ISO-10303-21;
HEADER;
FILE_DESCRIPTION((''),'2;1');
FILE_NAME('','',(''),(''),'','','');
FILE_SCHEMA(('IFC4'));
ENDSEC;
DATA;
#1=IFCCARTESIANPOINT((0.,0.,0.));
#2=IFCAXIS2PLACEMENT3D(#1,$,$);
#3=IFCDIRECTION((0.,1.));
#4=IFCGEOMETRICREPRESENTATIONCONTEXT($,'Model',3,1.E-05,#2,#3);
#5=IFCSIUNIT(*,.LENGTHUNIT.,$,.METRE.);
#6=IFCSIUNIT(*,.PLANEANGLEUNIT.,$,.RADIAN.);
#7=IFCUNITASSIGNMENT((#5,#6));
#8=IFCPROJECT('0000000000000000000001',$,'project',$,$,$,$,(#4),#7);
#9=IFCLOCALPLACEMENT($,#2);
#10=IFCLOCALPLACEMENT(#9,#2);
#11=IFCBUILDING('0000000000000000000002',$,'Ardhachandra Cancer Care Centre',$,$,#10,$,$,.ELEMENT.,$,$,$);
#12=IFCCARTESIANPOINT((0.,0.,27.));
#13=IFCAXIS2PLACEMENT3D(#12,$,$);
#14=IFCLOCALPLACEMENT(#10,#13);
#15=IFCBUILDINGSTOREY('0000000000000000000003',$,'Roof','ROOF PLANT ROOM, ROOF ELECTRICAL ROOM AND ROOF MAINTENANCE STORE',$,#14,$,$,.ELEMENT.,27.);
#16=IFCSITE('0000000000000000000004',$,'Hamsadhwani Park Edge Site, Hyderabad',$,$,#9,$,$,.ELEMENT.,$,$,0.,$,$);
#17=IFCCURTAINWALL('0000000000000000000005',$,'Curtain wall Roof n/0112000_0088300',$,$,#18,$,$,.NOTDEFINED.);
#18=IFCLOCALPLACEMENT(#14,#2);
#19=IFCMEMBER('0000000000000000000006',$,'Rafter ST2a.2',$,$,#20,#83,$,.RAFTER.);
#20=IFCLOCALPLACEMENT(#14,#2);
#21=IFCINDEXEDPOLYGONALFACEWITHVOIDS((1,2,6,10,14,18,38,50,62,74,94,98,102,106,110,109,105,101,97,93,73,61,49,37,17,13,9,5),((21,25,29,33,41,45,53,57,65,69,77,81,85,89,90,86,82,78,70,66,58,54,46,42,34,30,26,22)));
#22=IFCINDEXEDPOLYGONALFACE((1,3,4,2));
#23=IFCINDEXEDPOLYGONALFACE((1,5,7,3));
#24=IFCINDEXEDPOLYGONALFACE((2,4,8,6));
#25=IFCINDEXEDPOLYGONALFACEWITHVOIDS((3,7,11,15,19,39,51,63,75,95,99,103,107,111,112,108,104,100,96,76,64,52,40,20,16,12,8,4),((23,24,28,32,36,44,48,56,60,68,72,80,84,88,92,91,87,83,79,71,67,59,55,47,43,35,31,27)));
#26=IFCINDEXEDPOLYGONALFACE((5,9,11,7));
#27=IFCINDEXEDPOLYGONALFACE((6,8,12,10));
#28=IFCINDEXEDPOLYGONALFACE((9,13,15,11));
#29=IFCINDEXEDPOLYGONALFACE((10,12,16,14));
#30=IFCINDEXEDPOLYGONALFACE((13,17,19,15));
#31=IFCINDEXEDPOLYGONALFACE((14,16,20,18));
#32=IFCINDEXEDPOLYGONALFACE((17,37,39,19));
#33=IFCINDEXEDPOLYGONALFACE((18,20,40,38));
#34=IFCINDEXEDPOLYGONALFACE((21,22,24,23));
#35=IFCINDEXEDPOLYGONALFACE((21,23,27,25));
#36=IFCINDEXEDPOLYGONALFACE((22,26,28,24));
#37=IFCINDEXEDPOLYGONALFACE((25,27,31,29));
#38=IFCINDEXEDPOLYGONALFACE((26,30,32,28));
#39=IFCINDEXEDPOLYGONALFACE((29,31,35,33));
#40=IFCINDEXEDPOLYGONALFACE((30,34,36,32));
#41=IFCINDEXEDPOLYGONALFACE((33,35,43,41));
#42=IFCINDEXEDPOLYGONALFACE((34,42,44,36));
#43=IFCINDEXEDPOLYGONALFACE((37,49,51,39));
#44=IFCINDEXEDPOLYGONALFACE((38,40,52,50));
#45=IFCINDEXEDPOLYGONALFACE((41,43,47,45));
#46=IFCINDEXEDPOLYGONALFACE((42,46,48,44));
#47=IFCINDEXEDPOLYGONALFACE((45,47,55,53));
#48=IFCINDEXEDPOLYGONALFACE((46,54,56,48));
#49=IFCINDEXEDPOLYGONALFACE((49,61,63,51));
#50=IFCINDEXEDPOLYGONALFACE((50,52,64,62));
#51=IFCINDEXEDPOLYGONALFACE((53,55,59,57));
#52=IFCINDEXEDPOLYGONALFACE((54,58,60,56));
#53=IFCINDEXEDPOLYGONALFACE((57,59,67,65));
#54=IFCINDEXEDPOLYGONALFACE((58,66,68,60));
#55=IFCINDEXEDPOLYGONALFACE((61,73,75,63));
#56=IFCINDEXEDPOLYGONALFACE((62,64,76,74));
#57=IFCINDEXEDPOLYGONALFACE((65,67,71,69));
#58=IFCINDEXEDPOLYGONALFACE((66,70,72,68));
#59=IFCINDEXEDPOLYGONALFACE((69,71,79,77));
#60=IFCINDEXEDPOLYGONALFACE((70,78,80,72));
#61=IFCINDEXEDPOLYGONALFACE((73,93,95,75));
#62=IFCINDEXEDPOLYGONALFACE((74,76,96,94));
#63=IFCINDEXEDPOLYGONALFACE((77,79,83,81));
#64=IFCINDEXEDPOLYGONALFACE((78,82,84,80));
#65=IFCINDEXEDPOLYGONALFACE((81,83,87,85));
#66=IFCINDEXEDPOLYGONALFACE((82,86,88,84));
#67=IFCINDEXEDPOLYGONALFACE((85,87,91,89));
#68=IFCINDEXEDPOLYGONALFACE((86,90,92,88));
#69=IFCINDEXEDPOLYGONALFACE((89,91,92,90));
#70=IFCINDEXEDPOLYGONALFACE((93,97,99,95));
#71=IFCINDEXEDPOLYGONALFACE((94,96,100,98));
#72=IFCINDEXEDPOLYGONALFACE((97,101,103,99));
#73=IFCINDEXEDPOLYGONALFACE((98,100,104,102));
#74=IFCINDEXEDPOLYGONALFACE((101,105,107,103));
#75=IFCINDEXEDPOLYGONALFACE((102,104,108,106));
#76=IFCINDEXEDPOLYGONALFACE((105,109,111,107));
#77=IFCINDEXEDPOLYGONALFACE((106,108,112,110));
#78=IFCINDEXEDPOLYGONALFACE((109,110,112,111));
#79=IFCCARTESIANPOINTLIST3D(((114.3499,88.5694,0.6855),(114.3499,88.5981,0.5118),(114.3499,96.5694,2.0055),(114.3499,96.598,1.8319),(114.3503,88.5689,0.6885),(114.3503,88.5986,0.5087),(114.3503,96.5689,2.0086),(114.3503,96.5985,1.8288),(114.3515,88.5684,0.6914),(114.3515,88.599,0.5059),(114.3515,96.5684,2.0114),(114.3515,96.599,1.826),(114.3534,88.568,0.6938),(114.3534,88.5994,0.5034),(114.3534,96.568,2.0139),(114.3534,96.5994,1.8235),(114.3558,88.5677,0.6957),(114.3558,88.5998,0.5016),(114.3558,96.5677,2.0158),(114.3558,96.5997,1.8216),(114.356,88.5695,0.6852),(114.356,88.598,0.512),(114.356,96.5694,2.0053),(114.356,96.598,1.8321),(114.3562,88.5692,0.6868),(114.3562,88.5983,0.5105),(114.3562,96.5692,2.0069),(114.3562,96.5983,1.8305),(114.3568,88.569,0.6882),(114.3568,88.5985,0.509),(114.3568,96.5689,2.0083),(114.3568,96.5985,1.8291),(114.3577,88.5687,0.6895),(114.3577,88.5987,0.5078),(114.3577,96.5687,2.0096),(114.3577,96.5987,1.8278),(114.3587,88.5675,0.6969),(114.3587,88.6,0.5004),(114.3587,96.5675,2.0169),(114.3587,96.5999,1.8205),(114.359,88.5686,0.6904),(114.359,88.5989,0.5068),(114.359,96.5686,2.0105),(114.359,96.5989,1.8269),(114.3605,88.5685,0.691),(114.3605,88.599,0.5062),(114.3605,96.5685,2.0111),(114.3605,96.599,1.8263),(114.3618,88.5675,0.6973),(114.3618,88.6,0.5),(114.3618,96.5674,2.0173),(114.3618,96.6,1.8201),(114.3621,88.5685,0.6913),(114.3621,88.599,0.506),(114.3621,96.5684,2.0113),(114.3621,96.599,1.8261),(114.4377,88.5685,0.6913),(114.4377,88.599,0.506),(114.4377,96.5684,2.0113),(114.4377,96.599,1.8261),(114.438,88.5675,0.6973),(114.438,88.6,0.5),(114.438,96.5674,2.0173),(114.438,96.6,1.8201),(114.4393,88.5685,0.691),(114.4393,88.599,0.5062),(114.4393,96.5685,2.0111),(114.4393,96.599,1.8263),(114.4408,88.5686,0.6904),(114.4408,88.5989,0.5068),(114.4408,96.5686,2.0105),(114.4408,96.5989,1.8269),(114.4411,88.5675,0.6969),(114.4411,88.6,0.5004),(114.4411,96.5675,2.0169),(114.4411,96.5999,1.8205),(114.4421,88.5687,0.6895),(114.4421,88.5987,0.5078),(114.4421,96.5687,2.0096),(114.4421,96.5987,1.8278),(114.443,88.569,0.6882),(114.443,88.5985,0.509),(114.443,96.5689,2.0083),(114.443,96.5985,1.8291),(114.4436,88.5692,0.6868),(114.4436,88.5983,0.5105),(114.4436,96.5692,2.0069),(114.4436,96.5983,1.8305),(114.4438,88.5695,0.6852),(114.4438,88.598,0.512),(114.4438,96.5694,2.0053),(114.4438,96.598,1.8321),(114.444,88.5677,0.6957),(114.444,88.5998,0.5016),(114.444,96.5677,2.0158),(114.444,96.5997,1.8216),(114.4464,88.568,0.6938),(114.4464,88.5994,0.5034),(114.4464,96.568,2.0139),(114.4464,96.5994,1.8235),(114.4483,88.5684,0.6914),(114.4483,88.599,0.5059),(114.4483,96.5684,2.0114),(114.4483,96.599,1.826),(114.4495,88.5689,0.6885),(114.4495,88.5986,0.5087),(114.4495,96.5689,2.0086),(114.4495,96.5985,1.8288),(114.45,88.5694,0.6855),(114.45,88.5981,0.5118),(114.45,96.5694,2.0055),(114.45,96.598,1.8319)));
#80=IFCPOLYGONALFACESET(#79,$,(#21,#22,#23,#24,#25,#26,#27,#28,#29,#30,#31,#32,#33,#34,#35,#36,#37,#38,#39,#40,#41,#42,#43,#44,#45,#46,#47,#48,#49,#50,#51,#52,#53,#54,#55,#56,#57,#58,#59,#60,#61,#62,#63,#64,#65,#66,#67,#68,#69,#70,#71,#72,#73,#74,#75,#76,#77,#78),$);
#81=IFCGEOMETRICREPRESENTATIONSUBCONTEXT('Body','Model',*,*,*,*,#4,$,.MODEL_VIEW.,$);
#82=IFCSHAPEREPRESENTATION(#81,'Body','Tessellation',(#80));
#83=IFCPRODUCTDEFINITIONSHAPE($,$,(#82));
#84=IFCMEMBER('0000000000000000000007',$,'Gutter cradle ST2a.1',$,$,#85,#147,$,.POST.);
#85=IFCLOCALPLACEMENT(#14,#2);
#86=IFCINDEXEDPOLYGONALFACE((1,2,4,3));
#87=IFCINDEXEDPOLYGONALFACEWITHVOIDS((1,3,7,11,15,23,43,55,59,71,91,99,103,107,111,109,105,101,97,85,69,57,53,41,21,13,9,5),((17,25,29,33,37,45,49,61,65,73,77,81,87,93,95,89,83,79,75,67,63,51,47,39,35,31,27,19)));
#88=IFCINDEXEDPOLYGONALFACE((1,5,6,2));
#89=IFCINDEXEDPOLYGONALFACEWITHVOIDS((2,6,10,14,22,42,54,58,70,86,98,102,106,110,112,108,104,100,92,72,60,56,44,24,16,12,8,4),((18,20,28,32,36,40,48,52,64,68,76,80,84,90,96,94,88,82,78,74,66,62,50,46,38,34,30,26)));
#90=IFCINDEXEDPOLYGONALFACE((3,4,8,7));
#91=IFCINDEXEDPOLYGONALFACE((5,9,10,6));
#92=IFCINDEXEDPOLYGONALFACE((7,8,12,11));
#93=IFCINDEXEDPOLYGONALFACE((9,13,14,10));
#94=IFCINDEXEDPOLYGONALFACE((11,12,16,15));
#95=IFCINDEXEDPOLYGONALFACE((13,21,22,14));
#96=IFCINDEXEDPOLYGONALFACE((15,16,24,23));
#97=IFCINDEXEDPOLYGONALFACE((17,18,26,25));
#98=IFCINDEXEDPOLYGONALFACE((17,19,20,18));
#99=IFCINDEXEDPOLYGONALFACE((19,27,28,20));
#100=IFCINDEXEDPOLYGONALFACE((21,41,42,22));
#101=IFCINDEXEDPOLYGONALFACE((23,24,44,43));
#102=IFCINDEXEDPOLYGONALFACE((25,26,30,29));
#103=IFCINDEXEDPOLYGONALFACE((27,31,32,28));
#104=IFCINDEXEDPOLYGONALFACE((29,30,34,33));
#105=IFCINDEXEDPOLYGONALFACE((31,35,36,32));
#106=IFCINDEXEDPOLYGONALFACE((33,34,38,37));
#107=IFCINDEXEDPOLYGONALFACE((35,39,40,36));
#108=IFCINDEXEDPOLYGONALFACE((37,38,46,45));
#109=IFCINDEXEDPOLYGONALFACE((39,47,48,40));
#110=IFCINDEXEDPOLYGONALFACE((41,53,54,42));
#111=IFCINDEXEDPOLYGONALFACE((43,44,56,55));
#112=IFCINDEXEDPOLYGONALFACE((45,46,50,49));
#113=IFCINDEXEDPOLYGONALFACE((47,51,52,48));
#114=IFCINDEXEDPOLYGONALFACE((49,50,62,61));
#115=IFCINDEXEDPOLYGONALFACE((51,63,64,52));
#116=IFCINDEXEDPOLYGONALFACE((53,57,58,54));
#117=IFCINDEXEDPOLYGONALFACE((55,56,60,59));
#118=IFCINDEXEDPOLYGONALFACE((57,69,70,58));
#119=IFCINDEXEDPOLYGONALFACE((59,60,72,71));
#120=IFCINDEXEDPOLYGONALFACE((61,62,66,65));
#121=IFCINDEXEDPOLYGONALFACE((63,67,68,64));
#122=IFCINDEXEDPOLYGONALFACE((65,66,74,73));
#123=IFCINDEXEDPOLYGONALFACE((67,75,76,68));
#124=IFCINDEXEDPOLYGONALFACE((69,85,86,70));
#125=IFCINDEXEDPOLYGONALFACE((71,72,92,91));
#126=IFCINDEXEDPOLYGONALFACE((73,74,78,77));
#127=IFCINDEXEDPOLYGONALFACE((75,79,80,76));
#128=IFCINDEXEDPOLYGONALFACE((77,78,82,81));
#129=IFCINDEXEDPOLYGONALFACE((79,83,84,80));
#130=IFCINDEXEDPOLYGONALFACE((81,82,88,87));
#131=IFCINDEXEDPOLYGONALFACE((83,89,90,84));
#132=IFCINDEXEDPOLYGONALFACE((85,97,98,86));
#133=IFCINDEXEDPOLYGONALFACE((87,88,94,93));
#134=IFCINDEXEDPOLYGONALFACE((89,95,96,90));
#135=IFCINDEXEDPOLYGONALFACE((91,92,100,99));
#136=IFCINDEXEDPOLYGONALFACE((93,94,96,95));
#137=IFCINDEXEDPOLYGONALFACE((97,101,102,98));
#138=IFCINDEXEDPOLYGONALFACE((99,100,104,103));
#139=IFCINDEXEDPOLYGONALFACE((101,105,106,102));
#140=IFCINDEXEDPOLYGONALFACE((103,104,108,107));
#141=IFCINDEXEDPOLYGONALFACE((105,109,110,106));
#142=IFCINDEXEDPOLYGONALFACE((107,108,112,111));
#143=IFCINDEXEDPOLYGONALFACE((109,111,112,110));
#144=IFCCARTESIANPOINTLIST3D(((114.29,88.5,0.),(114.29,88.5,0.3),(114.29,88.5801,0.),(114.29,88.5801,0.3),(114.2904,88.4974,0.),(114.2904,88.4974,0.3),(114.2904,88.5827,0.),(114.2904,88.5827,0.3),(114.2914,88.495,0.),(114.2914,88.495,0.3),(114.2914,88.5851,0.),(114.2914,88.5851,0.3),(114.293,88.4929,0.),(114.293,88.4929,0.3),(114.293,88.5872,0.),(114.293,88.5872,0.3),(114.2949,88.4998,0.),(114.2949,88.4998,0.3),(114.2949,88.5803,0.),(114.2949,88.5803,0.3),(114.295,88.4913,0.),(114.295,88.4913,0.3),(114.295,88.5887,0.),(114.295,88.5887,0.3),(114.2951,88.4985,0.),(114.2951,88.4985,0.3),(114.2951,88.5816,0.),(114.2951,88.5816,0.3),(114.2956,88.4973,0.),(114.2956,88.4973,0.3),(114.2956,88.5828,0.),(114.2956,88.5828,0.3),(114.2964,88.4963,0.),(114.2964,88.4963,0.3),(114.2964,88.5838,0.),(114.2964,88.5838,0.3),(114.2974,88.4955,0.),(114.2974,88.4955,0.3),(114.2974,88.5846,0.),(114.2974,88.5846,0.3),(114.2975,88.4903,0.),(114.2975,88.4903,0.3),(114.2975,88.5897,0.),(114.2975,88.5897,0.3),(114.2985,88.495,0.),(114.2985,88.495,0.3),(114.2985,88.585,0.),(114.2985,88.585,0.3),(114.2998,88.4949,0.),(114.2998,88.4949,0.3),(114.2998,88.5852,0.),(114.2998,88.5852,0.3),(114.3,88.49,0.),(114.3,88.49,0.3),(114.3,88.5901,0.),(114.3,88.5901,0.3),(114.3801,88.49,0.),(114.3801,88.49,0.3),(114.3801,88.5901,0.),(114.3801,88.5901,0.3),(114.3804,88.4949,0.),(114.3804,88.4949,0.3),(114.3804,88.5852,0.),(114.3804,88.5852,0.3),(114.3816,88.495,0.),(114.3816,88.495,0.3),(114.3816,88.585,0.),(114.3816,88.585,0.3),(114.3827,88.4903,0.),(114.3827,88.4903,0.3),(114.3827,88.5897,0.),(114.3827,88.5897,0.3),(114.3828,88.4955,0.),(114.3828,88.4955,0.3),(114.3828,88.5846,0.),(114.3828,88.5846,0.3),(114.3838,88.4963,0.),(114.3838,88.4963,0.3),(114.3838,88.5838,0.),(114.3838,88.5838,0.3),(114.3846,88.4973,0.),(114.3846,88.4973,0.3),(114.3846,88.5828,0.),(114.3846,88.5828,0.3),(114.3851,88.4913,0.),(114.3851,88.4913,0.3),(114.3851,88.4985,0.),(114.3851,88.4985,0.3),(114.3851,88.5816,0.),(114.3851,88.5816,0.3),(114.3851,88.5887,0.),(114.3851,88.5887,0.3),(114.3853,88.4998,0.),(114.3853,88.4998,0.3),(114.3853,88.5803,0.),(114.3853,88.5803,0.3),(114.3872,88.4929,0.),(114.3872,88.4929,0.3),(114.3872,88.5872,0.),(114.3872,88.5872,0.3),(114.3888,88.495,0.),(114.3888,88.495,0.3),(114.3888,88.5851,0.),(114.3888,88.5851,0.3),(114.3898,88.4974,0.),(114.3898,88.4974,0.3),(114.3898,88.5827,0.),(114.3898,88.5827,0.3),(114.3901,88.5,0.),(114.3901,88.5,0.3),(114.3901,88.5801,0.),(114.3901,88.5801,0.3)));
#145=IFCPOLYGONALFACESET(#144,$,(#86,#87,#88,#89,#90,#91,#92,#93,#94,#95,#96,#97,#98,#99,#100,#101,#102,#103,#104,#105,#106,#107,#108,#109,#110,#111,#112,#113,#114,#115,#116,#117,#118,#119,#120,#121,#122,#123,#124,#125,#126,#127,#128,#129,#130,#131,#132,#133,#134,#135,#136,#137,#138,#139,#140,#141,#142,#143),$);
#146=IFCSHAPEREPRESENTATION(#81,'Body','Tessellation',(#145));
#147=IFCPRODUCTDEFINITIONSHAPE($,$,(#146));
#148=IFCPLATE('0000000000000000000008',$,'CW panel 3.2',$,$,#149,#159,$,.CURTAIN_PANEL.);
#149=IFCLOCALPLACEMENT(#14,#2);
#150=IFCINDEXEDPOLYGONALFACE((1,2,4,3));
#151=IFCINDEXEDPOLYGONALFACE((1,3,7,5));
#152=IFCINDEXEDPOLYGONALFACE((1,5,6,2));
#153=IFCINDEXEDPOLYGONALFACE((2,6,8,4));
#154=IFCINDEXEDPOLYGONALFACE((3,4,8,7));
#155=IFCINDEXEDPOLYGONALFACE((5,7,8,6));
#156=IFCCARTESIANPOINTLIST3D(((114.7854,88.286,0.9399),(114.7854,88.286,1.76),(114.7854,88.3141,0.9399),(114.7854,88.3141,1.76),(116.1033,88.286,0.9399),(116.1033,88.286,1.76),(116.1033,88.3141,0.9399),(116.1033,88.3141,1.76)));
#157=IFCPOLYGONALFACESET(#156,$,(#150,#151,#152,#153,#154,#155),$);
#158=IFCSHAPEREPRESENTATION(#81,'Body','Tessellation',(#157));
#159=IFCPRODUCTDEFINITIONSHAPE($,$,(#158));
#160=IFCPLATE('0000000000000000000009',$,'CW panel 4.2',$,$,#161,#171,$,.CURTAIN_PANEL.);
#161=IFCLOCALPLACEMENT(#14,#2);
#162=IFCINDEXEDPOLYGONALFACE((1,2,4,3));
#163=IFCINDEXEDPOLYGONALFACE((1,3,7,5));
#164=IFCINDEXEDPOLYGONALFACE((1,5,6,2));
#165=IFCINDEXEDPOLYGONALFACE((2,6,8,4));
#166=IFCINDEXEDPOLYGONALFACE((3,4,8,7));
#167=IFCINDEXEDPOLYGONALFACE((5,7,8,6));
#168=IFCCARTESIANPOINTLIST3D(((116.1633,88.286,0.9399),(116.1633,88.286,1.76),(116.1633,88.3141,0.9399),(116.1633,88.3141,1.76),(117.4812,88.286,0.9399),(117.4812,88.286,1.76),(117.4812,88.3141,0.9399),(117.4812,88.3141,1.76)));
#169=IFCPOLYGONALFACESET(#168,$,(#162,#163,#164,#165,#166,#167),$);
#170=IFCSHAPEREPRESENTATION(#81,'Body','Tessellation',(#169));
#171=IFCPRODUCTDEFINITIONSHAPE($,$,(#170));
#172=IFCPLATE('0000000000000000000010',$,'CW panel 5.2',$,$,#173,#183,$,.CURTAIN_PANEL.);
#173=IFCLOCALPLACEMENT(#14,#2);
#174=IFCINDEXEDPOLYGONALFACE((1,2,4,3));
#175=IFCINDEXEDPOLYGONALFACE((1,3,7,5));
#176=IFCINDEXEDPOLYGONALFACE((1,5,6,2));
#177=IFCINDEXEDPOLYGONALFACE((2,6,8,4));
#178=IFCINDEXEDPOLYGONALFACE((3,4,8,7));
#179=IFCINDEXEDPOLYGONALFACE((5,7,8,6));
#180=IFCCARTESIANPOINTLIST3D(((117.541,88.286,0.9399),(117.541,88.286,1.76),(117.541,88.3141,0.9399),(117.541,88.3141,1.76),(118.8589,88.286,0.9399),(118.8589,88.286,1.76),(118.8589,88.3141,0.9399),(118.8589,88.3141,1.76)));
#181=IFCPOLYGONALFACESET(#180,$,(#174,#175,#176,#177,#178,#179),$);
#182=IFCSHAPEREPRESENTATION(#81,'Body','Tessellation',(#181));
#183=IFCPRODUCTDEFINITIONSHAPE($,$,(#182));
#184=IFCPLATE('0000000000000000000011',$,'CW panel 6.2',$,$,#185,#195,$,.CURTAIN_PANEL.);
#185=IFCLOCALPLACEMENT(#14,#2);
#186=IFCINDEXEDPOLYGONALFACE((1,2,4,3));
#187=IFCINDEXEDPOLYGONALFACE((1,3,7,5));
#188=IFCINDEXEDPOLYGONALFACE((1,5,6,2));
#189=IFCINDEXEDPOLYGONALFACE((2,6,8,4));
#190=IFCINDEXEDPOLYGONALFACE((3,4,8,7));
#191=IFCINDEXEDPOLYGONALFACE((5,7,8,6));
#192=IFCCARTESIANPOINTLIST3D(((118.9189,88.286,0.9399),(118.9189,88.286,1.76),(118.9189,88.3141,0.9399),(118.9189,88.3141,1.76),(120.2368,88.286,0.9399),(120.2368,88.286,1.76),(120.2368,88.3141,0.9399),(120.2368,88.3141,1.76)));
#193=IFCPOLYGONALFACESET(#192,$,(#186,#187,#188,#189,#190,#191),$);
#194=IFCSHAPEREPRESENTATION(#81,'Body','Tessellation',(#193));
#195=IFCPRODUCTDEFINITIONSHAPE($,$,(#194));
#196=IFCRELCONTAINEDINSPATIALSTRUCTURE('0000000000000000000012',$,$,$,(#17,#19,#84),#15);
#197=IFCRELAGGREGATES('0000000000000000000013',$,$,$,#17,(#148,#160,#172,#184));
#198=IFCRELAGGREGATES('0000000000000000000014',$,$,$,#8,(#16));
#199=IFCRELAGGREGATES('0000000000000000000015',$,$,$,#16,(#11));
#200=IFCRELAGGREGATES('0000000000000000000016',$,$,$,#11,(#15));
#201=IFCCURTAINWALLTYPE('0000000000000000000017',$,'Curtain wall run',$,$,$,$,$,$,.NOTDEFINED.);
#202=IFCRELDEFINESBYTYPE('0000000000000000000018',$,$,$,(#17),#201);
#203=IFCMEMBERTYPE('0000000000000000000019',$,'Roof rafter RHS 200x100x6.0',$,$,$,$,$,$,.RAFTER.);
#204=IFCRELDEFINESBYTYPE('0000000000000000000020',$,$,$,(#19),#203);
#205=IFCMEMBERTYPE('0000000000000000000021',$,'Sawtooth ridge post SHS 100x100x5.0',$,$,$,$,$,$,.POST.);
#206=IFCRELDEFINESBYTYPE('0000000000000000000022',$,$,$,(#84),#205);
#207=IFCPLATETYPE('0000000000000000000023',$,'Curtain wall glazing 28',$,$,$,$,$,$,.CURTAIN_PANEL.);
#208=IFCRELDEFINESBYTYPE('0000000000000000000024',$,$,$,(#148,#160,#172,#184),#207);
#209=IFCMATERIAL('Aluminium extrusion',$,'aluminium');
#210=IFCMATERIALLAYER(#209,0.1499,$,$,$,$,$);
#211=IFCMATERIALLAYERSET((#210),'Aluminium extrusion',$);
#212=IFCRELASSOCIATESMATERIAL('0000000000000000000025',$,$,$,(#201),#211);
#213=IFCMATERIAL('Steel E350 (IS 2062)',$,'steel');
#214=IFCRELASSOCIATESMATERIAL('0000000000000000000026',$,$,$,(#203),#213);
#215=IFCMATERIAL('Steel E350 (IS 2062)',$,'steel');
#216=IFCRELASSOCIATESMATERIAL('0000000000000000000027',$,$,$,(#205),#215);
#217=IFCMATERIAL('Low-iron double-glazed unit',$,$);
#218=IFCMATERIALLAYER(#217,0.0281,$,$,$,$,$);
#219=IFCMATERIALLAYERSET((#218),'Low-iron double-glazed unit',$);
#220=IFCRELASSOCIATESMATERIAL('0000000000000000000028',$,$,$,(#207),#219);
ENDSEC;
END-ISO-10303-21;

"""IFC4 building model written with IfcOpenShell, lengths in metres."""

from ifc_helpers import new_model, si_unit, direction, frame, origin, origin_2d, place, context, subcontext, project, spatial, rectangle, hollow_rectangle, extrude, material, layer, layer_set, material_profile, profile_set, type_object, element, aggregate, save


model = new_model("IFC4")

# Units and contexts
model_context = context("Model", 3, precision=1e-05, world=origin(), true_north=direction((0.0, 1.0)))
body_context = subcontext(model_context, "Body", "Model", "MODEL_VIEW")
ifc_project = project(units=[si_unit("LENGTHUNIT", "METRE"), si_unit("PLANEANGLEUNIT", "RADIAN")], contexts=[model_context])

# Site, building, storey
site_placement = place(None, origin())
site = spatial("IfcSite", under=ifc_project, at=site_placement, Name="Hamsadhwani Park Edge Site, Hyderabad", CompositionType="ELEMENT", RefElevation=0.0)
building_placement = place(site_placement, origin())
building = spatial("IfcBuilding", under=site, at=building_placement, Name="Ardhachandra Cancer Care Centre", CompositionType="ELEMENT")
storey_placement = place(building_placement, frame((0.0, 0.0, 27.0)))
storey = spatial("IfcBuildingStorey", under=building, at=storey_placement, Name="Roof", Description="ROOF PLANT ROOM, ROOF ELECTRICAL ROOM AND ROOF MAINTENANCE STORE", CompositionType="ELEMENT", Elevation=27.0)

# Curtain wall
ifc_material_1 = material(Name="Aluminium extrusion", Category="aluminium")
ifc_layer_1 = layer(ifc_material_1, 0.1499)
ifc_layer_set_1 = layer_set([ifc_layer_1], Name="Aluminium extrusion")
curtain_wall_type = type_object("IfcCurtainWallType", Name="Curtain wall run", PredefinedType="NOTDEFINED", material=ifc_layer_set_1)
curtain_wall_placement = place(storey_placement, origin())
curtain_wall = element("IfcCurtainWall", 1, at=curtain_wall_placement, inside=storey, type_object=curtain_wall_type, Name="Curtain wall Roof n/0112000_0088300", PredefinedType="NOTDEFINED")

# Members
ifc_material_2 = material(Name="Steel E350 (IS 2062)", Category="steel")
ifc_material_profile_1 = material_profile(ifc_material_2, hollow_rectangle(XDim=0.1001, YDim=0.2, WallThickness=0.0061, InnerFilletRadius=0.0061, OuterFilletRadius=0.012, at=origin_2d()), Name="RHS 200x100x6.0")
ifc_profile_set_1 = profile_set([ifc_material_profile_1], Name="Steel E350 (IS 2062)")
member_type_1 = type_object("IfcMemberType", Name="Roof rafter RHS 200x100x6.0", PredefinedType="RAFTER", material=ifc_profile_set_1)
member_1_placement = place(storey_placement, frame((114.3999, 88.5837, 0.5986), z_axis=(0.0, 0.986658, 0.162807), x_axis=(-1.0, 0.0, 0.0)))
element("IfcMember", 2, at=member_1_placement, inside=storey, type_object=member_type_1, Name="Rafter ST2a.2", PredefinedType="RAFTER", context=body_context, shape_type="SweptSolid", body=[
    extrude(hollow_rectangle(XDim=0.1001, YDim=0.2, WallThickness=0.0061, InnerFilletRadius=0.0061, OuterFilletRadius=0.012, at=origin_2d()), origin(), (0.0, 0.0, 1.0), 8.1082),
])
ifc_material_3 = material(Name="Steel E350 (IS 2062)", Category="steel")
ifc_material_profile_2 = material_profile(ifc_material_3, hollow_rectangle(XDim=0.1001, YDim=0.1001, WallThickness=0.0049, InnerFilletRadius=0.0049, OuterFilletRadius=0.01, at=origin_2d()), Name="SHS 100x100x5.0")
ifc_profile_set_2 = profile_set([ifc_material_profile_2], Name="Steel E350 (IS 2062)")
member_type_2 = type_object("IfcMemberType", Name="Sawtooth ridge post SHS 100x100x5.0", PredefinedType="POST", material=ifc_profile_set_2)
member_2_placement = place(storey_placement, frame((114.3401, 88.54, 0.0), z_axis=(0.0, 0.0, 1.0), x_axis=(1.0, 0.0, 0.0)))
element("IfcMember", 3, at=member_2_placement, inside=storey, type_object=member_type_2, Name="Gutter cradle ST2a.1", PredefinedType="POST", context=body_context, shape_type="SweptSolid", body=[
    extrude(hollow_rectangle(XDim=0.1001, YDim=0.1001, WallThickness=0.0049, InnerFilletRadius=0.0049, OuterFilletRadius=0.01, at=origin_2d()), origin(), (0.0, 0.0, 1.0), 0.3),
])

# Plates
ifc_material_4 = material(Name="Low-iron double-glazed unit")
ifc_layer_2 = layer(ifc_material_4, 0.0281)
ifc_layer_set_2 = layer_set([ifc_layer_2], Name="Low-iron double-glazed unit")
plate_type_1 = type_object("IfcPlateType", Name="Curtain wall glazing 28", PredefinedType="CURTAIN_PANEL", material=ifc_layer_set_2)
plate_1_placement = place(storey_placement, frame((115.4443, 88.3, 0.9399), z_axis=(0.0, 0.0, 1.0), x_axis=(1.0, 0.0, 0.0)))
plate_1 = element("IfcPlate", 4, at=plate_1_placement, type_object=plate_type_1, Name="CW panel 3.2", PredefinedType="CURTAIN_PANEL", context=body_context, shape_type="SweptSolid", body=[
    extrude(rectangle(XDim=1.3179, YDim=0.0281, at=origin_2d()), origin(), (0.0, 0.0, 1.0), 0.8201),
])
plate_2_placement = place(storey_placement, frame((116.8223, 88.3, 0.9399), z_axis=(0.0, 0.0, 1.0), x_axis=(1.0, 0.0, 0.0)))
plate_2 = element("IfcPlate", 5, at=plate_2_placement, type_object=plate_type_1, Name="CW panel 4.2", PredefinedType="CURTAIN_PANEL", context=body_context, shape_type="SweptSolid", body=[
    extrude(rectangle(XDim=1.3179, YDim=0.0281, at=origin_2d()), origin(), (0.0, 0.0, 1.0), 0.8201),
])
plate_3_placement = place(storey_placement, frame((118.2, 88.3, 0.9399), z_axis=(0.0, 0.0, 1.0), x_axis=(1.0, 0.0, 0.0)))
plate_3 = element("IfcPlate", 6, at=plate_3_placement, type_object=plate_type_1, Name="CW panel 5.2", PredefinedType="CURTAIN_PANEL", context=body_context, shape_type="SweptSolid", body=[
    extrude(rectangle(XDim=1.3179, YDim=0.0281, at=origin_2d()), origin(), (0.0, 0.0, 1.0), 0.8201),
])
plate_4_placement = place(storey_placement, frame((119.5779, 88.3, 0.9399), z_axis=(0.0, 0.0, 1.0), x_axis=(1.0, 0.0, 0.0)))
plate_4 = element("IfcPlate", 7, at=plate_4_placement, type_object=plate_type_1, Name="CW panel 6.2", PredefinedType="CURTAIN_PANEL", context=body_context, shape_type="SweptSolid", body=[
    extrude(rectangle(XDim=1.3179, YDim=0.0281, at=origin_2d()), origin(), (0.0, 0.0, 1.0), 0.8201),
])
aggregate(curtain_wall, [plate_1, plate_2, plate_3, plate_4])

save(model, "model.ifc")
